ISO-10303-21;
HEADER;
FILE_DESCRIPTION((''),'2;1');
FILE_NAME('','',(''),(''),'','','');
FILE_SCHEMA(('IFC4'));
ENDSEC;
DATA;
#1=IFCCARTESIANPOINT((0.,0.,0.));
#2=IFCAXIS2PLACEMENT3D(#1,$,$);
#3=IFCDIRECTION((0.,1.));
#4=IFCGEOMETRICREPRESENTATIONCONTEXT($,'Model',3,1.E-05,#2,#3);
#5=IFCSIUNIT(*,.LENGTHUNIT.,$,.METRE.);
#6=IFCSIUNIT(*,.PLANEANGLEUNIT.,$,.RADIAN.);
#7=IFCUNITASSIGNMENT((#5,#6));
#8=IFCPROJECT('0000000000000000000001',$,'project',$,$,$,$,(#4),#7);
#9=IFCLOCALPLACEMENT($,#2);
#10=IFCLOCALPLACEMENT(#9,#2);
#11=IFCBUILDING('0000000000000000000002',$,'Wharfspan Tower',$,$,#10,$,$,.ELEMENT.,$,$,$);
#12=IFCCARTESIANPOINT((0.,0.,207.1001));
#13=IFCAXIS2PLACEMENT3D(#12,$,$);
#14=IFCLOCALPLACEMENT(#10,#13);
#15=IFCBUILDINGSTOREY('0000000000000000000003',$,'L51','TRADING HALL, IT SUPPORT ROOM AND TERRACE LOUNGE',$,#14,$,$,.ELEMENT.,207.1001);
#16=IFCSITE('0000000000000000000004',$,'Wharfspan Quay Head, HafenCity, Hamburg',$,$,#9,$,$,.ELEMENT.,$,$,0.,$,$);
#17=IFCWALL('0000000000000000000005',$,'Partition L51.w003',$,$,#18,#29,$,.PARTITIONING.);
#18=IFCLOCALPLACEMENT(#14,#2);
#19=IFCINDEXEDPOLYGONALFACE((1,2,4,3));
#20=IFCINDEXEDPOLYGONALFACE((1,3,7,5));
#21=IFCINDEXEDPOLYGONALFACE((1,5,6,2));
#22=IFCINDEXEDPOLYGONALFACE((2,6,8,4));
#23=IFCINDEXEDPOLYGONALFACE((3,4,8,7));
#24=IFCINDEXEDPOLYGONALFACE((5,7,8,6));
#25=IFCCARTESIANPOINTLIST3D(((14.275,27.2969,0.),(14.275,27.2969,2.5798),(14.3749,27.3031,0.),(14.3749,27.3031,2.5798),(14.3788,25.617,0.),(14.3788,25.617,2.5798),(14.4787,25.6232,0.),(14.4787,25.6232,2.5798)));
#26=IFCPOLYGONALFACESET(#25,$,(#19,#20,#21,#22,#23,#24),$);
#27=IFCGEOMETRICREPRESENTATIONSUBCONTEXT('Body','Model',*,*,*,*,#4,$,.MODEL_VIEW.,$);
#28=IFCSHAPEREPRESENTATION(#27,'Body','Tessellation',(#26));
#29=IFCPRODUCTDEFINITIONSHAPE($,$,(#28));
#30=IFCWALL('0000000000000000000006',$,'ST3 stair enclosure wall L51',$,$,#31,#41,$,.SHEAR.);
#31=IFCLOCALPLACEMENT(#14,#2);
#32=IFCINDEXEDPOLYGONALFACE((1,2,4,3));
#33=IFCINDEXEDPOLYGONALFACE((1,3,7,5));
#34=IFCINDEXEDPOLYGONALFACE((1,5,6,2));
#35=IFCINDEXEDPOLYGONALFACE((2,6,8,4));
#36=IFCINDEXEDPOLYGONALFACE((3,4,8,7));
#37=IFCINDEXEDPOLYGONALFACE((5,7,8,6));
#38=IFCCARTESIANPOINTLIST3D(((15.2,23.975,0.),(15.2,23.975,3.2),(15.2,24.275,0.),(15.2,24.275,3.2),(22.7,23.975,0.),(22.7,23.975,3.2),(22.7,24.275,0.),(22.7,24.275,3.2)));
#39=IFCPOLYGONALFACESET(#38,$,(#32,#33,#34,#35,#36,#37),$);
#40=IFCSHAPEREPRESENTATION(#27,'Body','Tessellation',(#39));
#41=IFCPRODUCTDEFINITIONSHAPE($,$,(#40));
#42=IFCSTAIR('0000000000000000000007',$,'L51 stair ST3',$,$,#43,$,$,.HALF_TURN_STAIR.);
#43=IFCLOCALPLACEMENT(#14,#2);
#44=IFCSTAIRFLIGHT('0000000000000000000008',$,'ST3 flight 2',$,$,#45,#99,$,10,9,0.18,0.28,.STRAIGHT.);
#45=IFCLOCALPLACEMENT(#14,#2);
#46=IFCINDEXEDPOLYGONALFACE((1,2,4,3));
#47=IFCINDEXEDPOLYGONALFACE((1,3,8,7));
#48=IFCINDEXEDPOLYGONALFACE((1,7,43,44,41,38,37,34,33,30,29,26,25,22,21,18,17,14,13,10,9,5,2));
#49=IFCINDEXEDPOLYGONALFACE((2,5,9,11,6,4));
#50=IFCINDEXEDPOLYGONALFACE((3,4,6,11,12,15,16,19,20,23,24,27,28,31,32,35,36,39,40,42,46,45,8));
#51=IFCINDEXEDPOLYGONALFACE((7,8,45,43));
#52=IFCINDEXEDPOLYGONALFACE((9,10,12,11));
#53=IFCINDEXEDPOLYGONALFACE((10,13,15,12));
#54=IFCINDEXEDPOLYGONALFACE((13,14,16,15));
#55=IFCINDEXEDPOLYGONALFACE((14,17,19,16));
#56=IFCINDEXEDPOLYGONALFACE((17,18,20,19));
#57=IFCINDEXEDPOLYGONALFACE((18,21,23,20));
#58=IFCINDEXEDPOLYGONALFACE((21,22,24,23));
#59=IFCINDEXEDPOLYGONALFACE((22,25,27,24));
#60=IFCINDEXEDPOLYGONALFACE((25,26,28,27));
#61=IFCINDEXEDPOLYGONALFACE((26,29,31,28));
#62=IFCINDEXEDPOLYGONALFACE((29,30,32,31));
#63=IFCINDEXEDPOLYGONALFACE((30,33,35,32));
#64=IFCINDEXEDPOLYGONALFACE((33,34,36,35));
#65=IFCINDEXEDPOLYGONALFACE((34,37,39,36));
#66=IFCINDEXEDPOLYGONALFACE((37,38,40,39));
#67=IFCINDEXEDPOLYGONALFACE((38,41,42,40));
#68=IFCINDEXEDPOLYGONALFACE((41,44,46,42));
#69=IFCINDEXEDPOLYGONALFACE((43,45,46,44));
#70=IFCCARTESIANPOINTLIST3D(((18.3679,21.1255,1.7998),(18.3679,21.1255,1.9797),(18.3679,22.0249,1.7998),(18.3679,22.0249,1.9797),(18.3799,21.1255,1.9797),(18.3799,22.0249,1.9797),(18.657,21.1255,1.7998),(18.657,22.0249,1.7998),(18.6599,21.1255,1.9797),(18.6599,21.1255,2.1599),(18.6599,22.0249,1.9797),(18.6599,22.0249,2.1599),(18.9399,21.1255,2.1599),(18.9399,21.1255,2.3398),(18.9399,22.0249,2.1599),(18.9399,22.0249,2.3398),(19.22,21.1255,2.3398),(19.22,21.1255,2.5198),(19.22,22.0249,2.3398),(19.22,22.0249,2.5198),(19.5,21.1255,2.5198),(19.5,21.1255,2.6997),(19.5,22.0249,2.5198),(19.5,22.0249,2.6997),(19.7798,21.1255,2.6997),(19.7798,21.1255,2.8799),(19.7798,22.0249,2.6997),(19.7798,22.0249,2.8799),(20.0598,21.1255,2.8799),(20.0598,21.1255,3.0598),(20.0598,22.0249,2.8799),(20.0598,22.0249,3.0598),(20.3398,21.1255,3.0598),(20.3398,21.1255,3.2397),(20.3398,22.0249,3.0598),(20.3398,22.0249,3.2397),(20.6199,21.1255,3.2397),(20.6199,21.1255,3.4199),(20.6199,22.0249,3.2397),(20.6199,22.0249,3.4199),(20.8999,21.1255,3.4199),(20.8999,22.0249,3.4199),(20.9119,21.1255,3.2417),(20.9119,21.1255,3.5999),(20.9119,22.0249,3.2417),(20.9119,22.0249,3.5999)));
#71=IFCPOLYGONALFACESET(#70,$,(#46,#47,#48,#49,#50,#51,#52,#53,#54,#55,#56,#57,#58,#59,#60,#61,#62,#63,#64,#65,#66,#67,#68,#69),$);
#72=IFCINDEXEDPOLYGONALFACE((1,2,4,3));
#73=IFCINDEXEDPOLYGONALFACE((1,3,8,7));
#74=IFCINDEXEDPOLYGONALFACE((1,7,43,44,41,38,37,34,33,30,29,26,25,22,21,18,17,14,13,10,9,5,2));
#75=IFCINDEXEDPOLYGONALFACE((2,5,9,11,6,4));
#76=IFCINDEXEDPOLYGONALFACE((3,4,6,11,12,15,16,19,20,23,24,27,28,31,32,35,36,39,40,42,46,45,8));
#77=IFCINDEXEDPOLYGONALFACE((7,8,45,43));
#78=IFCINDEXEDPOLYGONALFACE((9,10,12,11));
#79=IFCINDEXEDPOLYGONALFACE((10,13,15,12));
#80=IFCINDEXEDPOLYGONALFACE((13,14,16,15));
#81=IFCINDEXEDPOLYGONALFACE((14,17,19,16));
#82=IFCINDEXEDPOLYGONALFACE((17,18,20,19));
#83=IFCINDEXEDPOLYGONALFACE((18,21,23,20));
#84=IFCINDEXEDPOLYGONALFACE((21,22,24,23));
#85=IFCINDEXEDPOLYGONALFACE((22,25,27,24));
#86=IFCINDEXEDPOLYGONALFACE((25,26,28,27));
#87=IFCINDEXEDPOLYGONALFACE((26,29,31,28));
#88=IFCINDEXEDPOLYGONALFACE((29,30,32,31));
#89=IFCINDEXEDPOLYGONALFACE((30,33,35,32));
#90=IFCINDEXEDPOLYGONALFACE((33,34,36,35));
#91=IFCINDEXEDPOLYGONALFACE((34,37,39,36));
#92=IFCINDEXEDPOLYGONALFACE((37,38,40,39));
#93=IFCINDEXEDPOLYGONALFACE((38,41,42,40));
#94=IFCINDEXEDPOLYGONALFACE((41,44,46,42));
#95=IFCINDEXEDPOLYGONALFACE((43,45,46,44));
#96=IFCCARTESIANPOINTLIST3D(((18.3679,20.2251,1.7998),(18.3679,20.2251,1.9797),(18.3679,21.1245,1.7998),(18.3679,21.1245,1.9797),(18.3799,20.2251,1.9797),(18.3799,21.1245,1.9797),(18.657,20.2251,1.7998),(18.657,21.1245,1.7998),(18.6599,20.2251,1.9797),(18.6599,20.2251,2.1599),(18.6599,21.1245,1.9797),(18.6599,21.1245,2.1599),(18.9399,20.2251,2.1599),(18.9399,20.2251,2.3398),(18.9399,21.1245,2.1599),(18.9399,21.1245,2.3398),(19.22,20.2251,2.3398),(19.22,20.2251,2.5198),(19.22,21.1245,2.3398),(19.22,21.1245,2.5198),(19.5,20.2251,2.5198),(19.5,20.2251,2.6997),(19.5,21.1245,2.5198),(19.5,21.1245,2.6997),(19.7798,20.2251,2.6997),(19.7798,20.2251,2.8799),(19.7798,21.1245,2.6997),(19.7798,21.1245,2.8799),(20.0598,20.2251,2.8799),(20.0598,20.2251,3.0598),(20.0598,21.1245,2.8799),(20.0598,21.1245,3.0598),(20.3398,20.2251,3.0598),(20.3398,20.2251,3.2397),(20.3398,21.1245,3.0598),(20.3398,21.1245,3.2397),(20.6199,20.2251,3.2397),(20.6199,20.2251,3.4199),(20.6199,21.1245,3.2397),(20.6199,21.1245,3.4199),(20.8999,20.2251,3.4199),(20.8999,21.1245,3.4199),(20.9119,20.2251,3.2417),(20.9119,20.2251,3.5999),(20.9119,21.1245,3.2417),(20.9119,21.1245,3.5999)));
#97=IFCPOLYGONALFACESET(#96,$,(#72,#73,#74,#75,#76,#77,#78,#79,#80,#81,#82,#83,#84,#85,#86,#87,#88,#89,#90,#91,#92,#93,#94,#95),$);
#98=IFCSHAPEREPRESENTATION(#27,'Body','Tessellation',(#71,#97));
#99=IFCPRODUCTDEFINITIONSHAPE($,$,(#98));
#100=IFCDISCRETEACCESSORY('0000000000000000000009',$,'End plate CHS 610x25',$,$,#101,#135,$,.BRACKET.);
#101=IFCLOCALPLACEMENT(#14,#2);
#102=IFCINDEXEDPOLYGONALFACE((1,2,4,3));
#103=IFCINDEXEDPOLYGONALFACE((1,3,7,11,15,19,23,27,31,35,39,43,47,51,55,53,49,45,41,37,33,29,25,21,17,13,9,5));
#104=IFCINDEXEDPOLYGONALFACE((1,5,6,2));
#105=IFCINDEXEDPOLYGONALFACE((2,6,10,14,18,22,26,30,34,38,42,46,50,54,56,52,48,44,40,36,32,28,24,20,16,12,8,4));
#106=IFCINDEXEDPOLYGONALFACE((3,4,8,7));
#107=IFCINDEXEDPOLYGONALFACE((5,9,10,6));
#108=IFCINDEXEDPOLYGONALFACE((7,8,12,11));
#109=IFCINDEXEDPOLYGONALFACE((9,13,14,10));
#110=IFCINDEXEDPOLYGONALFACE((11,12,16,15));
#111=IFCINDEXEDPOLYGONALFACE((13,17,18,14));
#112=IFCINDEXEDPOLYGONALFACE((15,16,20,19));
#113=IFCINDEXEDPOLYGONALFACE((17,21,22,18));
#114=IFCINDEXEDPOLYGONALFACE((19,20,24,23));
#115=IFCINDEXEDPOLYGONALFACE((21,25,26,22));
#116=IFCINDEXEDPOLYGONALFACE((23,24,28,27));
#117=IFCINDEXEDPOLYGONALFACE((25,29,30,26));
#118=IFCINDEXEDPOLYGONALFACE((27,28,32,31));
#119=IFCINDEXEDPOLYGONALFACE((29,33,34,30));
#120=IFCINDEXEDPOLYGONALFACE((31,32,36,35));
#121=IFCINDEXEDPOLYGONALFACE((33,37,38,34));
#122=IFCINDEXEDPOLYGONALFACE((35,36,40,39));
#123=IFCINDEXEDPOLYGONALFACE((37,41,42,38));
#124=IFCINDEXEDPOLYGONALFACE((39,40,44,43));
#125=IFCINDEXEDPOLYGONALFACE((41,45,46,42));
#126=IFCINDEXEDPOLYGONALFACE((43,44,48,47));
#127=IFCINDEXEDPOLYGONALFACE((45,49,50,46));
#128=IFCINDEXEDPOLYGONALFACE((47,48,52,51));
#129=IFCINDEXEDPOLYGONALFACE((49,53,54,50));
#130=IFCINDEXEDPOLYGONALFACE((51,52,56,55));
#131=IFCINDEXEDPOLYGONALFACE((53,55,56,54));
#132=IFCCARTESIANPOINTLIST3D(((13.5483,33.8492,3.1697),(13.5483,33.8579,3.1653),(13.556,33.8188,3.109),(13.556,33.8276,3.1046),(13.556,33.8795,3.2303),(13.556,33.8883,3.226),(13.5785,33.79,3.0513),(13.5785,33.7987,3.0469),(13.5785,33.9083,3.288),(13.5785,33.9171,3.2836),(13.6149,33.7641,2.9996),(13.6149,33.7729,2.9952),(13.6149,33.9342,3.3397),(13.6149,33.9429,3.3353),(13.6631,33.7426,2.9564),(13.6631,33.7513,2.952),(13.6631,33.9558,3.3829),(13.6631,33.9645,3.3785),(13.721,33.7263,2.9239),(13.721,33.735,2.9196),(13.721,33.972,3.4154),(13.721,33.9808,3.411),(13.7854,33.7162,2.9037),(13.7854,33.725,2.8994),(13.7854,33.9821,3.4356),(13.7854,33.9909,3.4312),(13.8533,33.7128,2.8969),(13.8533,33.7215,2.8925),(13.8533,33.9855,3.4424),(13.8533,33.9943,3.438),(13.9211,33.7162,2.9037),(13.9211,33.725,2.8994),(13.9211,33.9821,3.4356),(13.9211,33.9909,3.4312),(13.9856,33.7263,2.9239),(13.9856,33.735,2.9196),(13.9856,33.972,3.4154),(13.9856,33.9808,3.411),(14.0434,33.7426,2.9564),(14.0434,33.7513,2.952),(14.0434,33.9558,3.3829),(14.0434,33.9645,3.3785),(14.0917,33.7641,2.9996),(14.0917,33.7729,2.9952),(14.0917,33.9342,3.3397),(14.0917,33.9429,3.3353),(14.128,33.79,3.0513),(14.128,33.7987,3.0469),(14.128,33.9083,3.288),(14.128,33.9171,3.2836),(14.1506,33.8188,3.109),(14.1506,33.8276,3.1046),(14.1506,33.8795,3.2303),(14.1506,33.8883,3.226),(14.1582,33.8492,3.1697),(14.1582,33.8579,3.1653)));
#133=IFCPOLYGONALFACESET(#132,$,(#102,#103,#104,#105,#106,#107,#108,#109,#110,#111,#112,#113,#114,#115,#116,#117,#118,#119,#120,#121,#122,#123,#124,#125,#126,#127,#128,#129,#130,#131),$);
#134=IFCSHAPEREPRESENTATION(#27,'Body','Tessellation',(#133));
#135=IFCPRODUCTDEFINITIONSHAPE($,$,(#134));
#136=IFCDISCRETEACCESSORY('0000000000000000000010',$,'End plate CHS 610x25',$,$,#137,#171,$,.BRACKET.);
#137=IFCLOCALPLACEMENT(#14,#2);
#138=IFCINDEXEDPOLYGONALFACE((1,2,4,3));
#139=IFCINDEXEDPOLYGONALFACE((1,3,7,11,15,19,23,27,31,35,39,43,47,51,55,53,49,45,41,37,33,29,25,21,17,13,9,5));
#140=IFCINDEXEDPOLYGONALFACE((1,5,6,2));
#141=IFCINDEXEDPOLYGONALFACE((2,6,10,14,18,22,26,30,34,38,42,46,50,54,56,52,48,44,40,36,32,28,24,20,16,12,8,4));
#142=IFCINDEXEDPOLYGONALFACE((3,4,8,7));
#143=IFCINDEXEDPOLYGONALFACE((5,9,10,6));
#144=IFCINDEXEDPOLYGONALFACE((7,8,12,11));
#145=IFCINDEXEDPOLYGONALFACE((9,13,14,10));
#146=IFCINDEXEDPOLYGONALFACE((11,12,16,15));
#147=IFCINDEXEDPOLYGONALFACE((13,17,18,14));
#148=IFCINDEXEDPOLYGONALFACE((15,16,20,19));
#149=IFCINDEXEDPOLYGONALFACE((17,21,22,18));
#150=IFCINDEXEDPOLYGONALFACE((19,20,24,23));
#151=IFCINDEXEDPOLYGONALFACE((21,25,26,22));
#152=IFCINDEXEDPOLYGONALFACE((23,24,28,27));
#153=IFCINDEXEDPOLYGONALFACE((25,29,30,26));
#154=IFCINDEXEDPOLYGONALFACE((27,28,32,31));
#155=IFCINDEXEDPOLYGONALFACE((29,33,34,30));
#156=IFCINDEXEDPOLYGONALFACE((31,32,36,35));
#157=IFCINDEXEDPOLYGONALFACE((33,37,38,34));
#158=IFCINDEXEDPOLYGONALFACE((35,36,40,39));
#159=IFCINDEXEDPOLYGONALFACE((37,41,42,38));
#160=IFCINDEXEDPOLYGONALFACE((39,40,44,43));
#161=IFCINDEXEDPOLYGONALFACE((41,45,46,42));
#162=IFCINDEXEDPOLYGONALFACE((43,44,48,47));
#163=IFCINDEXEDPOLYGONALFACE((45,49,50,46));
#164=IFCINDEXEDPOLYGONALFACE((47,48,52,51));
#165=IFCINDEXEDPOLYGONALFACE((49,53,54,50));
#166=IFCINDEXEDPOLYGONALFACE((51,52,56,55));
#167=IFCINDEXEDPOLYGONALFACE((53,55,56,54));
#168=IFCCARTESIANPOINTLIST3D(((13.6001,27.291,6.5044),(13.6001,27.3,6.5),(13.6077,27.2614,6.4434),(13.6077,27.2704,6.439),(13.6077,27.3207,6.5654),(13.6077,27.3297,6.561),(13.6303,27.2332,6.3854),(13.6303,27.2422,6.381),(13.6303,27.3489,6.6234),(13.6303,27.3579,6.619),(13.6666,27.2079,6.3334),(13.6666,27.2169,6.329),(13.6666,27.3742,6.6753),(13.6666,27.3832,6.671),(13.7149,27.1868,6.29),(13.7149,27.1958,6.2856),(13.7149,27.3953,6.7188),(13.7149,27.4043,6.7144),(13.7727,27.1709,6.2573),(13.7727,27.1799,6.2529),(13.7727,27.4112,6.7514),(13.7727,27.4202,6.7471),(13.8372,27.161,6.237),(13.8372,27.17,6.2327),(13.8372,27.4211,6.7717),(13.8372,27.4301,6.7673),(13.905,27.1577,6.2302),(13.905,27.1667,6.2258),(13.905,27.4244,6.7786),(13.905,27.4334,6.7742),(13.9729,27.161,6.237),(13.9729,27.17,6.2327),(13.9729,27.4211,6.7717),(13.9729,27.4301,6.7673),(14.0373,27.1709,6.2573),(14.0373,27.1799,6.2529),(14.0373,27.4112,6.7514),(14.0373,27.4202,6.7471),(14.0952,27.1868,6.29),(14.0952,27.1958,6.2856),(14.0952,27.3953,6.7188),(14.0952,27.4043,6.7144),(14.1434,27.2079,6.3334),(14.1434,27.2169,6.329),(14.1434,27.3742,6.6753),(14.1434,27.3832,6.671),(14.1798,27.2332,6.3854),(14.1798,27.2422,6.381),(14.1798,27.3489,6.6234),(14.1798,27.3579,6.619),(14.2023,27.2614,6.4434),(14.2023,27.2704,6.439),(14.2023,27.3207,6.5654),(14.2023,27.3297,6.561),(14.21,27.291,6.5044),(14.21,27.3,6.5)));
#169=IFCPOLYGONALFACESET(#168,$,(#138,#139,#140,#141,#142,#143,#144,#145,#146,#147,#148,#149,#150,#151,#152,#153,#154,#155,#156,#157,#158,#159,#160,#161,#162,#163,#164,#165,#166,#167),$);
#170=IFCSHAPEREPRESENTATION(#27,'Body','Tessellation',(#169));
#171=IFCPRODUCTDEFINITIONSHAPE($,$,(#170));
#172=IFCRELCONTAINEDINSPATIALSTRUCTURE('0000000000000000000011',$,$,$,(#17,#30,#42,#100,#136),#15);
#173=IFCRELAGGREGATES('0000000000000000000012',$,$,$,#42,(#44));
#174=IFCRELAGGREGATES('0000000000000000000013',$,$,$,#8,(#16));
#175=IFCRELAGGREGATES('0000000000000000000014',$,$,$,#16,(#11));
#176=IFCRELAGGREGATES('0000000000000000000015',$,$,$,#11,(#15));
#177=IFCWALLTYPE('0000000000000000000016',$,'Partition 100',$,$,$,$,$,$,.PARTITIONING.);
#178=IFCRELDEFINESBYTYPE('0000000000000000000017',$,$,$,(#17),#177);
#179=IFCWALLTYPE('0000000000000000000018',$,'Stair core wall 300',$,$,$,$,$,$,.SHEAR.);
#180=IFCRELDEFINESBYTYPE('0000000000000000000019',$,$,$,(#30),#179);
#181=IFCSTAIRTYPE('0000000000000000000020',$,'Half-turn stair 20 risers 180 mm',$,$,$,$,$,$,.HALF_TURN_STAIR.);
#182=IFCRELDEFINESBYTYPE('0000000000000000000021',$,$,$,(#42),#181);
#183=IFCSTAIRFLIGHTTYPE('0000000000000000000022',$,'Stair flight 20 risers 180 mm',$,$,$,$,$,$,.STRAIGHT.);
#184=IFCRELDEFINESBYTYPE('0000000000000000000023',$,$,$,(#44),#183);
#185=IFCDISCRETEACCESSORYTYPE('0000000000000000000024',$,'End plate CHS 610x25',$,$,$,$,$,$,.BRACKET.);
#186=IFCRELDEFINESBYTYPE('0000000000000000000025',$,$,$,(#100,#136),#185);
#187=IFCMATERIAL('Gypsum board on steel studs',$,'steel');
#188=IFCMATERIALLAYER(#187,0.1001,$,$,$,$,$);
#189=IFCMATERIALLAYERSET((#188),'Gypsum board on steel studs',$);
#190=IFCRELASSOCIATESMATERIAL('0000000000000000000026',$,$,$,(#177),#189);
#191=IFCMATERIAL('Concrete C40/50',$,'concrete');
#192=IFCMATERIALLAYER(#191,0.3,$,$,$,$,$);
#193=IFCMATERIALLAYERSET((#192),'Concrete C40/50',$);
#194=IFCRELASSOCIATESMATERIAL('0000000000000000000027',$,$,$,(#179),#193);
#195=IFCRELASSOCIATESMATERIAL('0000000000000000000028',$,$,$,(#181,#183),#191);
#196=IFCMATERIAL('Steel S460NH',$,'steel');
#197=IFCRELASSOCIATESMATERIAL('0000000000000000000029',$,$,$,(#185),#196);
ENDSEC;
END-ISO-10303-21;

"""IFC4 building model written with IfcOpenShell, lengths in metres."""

from ifc_helpers import new_model, si_unit, direction, frame, frame_2d, origin, origin_2d, place, context, subcontext, project, spatial, polyline, rectangle, circle, outline, extrude, material, layer, layer_set, material_profile, profile_set, type_object, element, aggregate, save


model = new_model("IFC4")

# Units and contexts
model_context = context("Model", 3, precision=1e-05, world=origin(), true_north=direction((0.0, 1.0)))
body_context = subcontext(model_context, "Body", "Model", "MODEL_VIEW")
ifc_project = project(units=[si_unit("LENGTHUNIT", "METRE"), si_unit("PLANEANGLEUNIT", "RADIAN")], contexts=[model_context])

# Site, building, storey
site_placement = place(None, origin())
site = spatial("IfcSite", under=ifc_project, at=site_placement, Name="Wharfspan Quay Head, HafenCity, Hamburg", CompositionType="ELEMENT", RefElevation=0.0)
building_placement = place(site_placement, origin())
building = spatial("IfcBuilding", under=site, at=building_placement, Name="Wharfspan Tower", CompositionType="ELEMENT")
storey_placement = place(building_placement, frame((0.0, 0.0, 207.1001)))
storey = spatial("IfcBuildingStorey", under=building, at=storey_placement, Name="L51", Description="TRADING HALL, IT SUPPORT ROOM AND TERRACE LOUNGE", CompositionType="ELEMENT", Elevation=207.1001)

# Shared definitions
ifc_material_1 = material(Name="Steel S460NH", Category="steel")

# Shared definitions
ifc_material_2 = material(Name="Concrete C40/50", Category="concrete")

# Walls
ifc_material_3 = material(Name="Gypsum board on steel studs", Category="steel")
ifc_layer_1 = layer(ifc_material_3, 0.1001)
ifc_layer_set_1 = layer_set([ifc_layer_1], Name="Gypsum board on steel studs")
wall_type_1 = type_object("IfcWallType", Name="Partition 100", PredefinedType="PARTITIONING", material=ifc_layer_set_1)
wall_1_placement = place(storey_placement, frame((14.4287, 25.6201, 0.0), z_axis=(0.0, 0.0, 1.0), x_axis=(-0.061647, 0.998101, 0.0)))
element("IfcWall", 1, at=wall_1_placement, inside=storey, type_object=wall_type_1, Name="Partition L51.w003", PredefinedType="PARTITIONING", context=body_context, shape_type="SweptSolid", body=[
    extrude(rectangle(XDim=1.6831, YDim=0.1001, at=frame_2d((0.8416, 0.0))), origin(), (0.0, 0.0, 1.0), 2.5798),
])
ifc_layer_2 = layer(ifc_material_2, 0.3)
ifc_layer_set_2 = layer_set([ifc_layer_2], Name="Concrete C40/50")
wall_type_2 = type_object("IfcWallType", Name="Stair core wall 300", PredefinedType="SHEAR", material=ifc_layer_set_2)
wall_2_placement = place(storey_placement, frame((15.2, 24.125, 0.0), z_axis=(0.0, 0.0, 1.0), x_axis=(1.0, 0.0, 0.0)))
element("IfcWall", 2, at=wall_2_placement, inside=storey, type_object=wall_type_2, Name="ST3 stair enclosure wall L51", PredefinedType="SHEAR", context=body_context, shape_type="SweptSolid", body=[
    extrude(rectangle(XDim=7.5, YDim=0.3, at=frame_2d((3.75, 0.0))), origin(), (0.0, 0.0, 1.0), 3.2),
])

# Stair, stair flight
stair_type = type_object("IfcStairType", Name="Half-turn stair 20 risers 180 mm", PredefinedType="HALF_TURN_STAIR", material=ifc_material_2)
stair_placement = place(storey_placement, origin())
stair = element("IfcStair", 3, at=stair_placement, inside=storey, type_object=stair_type, Name="L51 stair ST3", PredefinedType="HALF_TURN_STAIR")
stair_flight_type = type_object("IfcStairFlightType", Name="Stair flight 20 risers 180 mm", PredefinedType="STRAIGHT", material=ifc_material_2)
stair_flight_placement = place(storey_placement, frame((18.3799, 21.125, 1.7998), z_axis=(0.0, 0.0, 1.0), x_axis=(1.0, 0.0, 0.0)))
stair_flight = element("IfcStairFlight", 4, at=stair_flight_placement, type_object=stair_flight_type, Name="ST3 flight 2", NumberOfRisers=10, NumberOfTreads=9, PredefinedType="STRAIGHT", RiserHeight=0.18, TreadLength=0.28, context=body_context, shape_type="SweptSolid", body=[
    extrude(outline(polyline([(-0.012, 0.0), (-0.012, 0.1799), (0.0, 0.1799), (0.28, 0.1799), (0.28, 0.3601), (0.5601, 0.3601), (0.5601, 0.54), (0.8401, 0.54), (0.8401, 0.72), (1.1201, 0.72), (1.1201, 0.8999), (1.3999, 0.8999), (1.3999, 1.0801), (1.6799, 1.0801), (1.6799, 1.26), (1.96, 1.26), (1.96, 1.4399), (2.24, 1.4399), (2.24, 1.6201), (2.52, 1.6201), (2.532, 1.8), (2.532, 1.4419), (0.2771, 0.0), (-0.012, 0.0)])), frame((0.0, 0.8999, 0.0), z_axis=(0.0, -1.0, 0.0), x_axis=(1.0, 0.0, 0.0)), (0.0, 0.0, 1.0), 0.8994),
    extrude(outline(polyline([(-0.012, 0.0), (-0.012, 0.1799), (0.0, 0.1799), (0.28, 0.1799), (0.28, 0.3601), (0.5601, 0.3601), (0.5601, 0.54), (0.8401, 0.54), (0.8401, 0.72), (1.1201, 0.72), (1.1201, 0.8999), (1.3999, 0.8999), (1.3999, 1.0801), (1.6799, 1.0801), (1.6799, 1.26), (1.96, 1.26), (1.96, 1.4399), (2.24, 1.4399), (2.24, 1.6201), (2.52, 1.6201), (2.532, 1.8), (2.532, 1.4419), (0.2771, 0.0), (-0.012, 0.0)])), frame((0.0, -0.0005, 0.0), z_axis=(0.0, -1.0, 0.0), x_axis=(1.0, 0.0, 0.0)), (0.0, 0.0, 1.0), 0.8994),
])
aggregate(stair, [stair_flight])

# Discrete accessories
ifc_material_profile_1 = material_profile(ifc_material_1, circle(Radius=0.3049, at=origin_2d()))
ifc_profile_set_1 = profile_set([ifc_material_profile_1], Name="Steel S460NH")
discrete_accessory_type = type_object("IfcDiscreteAccessoryType", Name="End plate CHS 610x25", PredefinedType="BRACKET", material=ifc_profile_set_1)
discrete_accessory_1_placement = place(storey_placement, frame((13.8533, 33.8579, 3.1653), z_axis=(0.0, -0.894427, 0.447214), x_axis=(1.0, 0.0, 0.0)))
element("IfcDiscreteAccessory", 5, at=discrete_accessory_1_placement, inside=storey, type_object=discrete_accessory_type, Name="End plate CHS 610x25", PredefinedType="BRACKET", context=body_context, shape_type="SweptSolid", body=[
    extrude(circle(Radius=0.3049, at=origin_2d()), origin(), (0.0, 0.0, 1.0), 0.0098),
])
for number, where, z_axis, x_axis, name in (
    (6, (13.905, 27.3, 6.5), (0.0, -0.899235, 0.437466), (1.0, 0.0, 0.0), "End plate CHS 610x25"),
):
    element("IfcDiscreteAccessory", number, at=place(storey_placement, frame(where, z_axis=z_axis, x_axis=x_axis)), inside=storey, type_object=discrete_accessory_type, Name=name, PredefinedType="BRACKET", context=body_context, shape_type="SweptSolid", body=[
        extrude(circle(Radius=0.3049, at=origin_2d()), origin(), (0.0, 0.0, 1.0), 0.01),
    ])

save(model, "model.ifc")
